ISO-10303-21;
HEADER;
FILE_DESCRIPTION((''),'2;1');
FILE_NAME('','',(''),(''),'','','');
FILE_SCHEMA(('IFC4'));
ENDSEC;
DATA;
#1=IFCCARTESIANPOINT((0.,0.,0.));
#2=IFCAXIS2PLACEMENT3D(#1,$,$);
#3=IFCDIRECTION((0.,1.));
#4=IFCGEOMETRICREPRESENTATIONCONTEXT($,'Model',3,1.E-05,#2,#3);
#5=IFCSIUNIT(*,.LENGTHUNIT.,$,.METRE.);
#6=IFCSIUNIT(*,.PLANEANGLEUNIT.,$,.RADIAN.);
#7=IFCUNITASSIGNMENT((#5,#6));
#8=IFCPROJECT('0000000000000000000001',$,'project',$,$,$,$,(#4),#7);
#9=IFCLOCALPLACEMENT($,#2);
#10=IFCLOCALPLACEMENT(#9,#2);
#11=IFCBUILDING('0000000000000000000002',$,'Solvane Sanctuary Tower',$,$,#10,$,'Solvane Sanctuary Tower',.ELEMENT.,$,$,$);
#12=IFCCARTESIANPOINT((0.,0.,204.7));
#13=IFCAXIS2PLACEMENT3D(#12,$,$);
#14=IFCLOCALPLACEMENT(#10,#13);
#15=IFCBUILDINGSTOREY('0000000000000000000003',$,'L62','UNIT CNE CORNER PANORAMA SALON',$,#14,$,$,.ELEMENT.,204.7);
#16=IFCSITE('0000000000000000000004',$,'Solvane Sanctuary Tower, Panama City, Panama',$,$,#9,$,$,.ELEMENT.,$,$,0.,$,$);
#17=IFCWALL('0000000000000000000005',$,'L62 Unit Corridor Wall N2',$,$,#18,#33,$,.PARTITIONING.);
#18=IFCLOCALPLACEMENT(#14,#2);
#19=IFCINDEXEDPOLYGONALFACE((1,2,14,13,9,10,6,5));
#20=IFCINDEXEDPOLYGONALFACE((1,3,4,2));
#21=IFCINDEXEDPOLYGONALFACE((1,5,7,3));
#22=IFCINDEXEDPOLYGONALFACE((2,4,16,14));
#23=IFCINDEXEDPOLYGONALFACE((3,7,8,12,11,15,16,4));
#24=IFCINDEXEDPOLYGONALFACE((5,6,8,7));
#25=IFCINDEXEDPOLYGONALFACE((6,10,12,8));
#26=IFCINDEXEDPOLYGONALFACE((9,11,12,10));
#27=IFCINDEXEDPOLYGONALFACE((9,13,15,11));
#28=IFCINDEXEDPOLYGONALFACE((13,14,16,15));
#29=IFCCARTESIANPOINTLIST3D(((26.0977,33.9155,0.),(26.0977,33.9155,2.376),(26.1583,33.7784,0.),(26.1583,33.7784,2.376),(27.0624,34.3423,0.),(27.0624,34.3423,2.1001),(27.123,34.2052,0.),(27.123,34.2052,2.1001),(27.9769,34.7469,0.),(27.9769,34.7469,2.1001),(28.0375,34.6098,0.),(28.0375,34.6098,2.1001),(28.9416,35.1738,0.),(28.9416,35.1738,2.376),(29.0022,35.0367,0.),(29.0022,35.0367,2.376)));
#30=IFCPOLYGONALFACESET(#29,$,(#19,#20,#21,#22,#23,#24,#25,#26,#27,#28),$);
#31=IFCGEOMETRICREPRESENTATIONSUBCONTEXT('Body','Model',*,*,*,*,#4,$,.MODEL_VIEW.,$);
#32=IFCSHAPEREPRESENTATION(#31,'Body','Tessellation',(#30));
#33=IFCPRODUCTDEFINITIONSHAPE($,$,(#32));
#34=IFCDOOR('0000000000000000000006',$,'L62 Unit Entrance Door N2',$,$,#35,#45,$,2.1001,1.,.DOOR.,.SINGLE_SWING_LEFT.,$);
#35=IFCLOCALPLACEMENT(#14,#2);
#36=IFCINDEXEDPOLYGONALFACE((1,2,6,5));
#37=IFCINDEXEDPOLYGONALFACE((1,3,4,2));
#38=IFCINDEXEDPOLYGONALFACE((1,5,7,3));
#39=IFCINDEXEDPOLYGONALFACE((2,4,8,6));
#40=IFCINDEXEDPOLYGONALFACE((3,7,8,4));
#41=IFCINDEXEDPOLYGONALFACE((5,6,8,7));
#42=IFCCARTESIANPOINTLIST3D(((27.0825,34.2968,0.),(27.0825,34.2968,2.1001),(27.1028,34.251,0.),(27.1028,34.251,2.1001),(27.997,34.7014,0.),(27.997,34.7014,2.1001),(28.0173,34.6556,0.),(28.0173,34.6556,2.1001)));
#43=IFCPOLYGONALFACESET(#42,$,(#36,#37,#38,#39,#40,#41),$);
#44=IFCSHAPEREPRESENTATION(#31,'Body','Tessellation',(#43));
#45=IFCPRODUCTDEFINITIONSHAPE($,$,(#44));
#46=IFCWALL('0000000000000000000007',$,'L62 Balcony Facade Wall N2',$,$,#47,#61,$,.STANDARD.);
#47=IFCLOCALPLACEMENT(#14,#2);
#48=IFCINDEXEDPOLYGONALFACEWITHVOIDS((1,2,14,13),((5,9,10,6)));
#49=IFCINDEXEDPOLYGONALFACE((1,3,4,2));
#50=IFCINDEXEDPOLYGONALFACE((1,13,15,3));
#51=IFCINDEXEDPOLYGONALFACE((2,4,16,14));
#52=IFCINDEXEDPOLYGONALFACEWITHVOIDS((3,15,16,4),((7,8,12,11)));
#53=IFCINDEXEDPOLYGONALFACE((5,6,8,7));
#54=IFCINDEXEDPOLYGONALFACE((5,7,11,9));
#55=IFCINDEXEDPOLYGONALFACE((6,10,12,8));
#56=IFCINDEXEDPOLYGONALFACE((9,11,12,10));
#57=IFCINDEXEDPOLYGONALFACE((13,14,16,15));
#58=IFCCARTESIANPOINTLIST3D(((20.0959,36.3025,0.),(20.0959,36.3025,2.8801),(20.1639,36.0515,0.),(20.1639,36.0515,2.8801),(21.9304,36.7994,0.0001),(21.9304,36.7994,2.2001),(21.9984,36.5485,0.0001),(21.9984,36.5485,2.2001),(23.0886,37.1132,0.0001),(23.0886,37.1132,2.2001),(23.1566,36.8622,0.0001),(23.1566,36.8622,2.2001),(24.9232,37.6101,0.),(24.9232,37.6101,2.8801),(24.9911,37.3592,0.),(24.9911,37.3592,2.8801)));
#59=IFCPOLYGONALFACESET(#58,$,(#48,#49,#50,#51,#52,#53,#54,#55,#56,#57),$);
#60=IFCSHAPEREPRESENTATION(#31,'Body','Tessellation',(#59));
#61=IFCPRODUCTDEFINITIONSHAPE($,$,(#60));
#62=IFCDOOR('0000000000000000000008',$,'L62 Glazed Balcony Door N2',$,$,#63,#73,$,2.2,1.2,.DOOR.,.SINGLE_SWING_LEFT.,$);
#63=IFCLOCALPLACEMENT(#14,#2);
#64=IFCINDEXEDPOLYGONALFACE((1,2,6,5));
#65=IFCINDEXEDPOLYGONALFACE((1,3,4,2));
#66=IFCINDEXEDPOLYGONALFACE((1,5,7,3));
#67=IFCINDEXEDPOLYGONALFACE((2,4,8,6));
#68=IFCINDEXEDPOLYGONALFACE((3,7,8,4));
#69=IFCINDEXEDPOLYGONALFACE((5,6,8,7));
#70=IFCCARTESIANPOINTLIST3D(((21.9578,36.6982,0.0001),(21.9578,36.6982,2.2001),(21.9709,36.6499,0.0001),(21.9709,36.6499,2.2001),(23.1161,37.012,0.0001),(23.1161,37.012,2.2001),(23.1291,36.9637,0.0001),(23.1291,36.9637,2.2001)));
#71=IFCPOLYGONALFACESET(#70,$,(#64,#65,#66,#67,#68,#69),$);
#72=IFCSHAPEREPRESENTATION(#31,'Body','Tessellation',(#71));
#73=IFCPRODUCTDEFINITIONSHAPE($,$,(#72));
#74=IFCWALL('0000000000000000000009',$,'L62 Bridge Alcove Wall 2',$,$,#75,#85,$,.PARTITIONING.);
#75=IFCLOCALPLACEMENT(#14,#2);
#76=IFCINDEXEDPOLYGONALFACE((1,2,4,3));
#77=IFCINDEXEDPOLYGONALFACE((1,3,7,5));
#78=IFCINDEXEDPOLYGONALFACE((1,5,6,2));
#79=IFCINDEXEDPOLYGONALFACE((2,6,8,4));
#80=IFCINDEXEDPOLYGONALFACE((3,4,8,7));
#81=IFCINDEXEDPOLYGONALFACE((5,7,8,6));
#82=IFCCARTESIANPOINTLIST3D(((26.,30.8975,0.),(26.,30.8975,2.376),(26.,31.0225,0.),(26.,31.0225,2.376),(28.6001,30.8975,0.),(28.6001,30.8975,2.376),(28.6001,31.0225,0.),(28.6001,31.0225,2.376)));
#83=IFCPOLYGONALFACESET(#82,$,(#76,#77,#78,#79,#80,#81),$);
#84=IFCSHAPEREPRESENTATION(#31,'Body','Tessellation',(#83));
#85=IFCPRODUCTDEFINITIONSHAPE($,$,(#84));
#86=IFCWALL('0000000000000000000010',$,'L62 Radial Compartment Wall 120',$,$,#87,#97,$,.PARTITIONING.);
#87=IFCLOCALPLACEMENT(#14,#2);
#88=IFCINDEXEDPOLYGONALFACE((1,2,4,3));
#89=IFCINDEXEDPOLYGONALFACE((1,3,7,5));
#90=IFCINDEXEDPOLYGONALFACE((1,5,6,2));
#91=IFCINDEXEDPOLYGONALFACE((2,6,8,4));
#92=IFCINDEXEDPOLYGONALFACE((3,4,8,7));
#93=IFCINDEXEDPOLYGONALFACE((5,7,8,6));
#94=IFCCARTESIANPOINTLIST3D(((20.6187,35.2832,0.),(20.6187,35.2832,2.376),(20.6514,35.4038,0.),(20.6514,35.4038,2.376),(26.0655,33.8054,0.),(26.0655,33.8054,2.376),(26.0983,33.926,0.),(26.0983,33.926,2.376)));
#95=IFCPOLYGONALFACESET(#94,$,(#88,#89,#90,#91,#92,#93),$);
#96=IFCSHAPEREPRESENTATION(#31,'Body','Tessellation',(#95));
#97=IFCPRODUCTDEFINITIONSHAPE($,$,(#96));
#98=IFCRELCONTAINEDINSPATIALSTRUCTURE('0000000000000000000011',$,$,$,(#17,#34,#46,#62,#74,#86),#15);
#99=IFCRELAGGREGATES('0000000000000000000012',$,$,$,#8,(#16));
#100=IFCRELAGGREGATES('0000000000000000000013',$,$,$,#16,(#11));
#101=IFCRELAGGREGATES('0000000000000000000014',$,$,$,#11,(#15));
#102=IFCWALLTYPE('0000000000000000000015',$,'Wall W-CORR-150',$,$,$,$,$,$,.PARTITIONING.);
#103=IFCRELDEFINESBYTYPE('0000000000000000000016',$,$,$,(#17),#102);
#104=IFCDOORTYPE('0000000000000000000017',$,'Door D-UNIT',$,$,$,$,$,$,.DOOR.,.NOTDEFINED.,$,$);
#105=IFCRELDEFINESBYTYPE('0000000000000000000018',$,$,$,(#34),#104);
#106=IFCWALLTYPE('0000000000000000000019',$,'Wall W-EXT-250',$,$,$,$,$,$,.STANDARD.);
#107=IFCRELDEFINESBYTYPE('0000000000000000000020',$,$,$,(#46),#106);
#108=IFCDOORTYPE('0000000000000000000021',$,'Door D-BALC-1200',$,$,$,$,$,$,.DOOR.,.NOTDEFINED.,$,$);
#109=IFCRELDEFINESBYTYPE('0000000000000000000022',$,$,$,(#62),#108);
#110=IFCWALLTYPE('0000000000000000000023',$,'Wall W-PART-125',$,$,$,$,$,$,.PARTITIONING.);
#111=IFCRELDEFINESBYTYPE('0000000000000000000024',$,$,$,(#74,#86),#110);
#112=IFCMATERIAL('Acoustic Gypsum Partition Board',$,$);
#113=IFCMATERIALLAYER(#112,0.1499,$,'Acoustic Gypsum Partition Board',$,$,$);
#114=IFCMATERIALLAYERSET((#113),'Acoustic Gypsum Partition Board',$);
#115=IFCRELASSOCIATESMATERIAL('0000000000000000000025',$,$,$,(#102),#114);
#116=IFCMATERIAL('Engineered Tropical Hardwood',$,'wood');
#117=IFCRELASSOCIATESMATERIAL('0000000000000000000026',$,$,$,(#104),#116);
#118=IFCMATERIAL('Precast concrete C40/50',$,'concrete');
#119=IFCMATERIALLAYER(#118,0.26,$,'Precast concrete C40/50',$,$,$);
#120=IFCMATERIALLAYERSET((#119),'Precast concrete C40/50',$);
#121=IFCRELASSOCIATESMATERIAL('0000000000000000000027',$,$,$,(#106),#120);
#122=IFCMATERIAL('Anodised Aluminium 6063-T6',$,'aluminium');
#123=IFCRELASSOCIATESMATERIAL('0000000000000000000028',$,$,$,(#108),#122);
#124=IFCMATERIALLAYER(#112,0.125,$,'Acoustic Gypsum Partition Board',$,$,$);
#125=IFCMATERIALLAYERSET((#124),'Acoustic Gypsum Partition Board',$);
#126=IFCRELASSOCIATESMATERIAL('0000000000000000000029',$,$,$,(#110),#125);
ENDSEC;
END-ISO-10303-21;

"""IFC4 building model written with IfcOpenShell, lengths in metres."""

from ifc_helpers import new_model, si_unit, direction, frame, frame_2d, origin, place, context, subcontext, project, spatial, rectangle, extrude, material, layer, layer_set, type_object, element, fill, save


model = new_model("IFC4")

# Units and contexts
model_context = context("Model", 3, precision=1e-05, world=origin(), true_north=direction((0.0, 1.0)))
body_context = subcontext(model_context, "Body", "Model", "MODEL_VIEW")
ifc_project = project(units=[si_unit("LENGTHUNIT", "METRE"), si_unit("PLANEANGLEUNIT", "RADIAN")], contexts=[model_context])

# Site, building, storey
site_placement = place(None, origin())
site = spatial("IfcSite", under=ifc_project, at=site_placement, Name="Solvane Sanctuary Tower, Panama City, Panama", CompositionType="ELEMENT", RefElevation=0.0)
building_placement = place(site_placement, origin())
building = spatial("IfcBuilding", under=site, at=building_placement, Name="Solvane Sanctuary Tower", LongName="Solvane Sanctuary Tower", CompositionType="ELEMENT")
storey_placement = place(building_placement, frame((0.0, 0.0, 204.7)))
storey = spatial("IfcBuildingStorey", under=building, at=storey_placement, Name="L62", Description="UNIT CNE CORNER PANORAMA SALON", CompositionType="ELEMENT", Elevation=204.7)

# Shared definitions
ifc_material_1 = material(Name="Acoustic Gypsum Partition Board")
ifc_layer_1 = layer(ifc_material_1, 0.1499, Name="Acoustic Gypsum Partition Board")
ifc_layer_set_1 = layer_set([ifc_layer_1], Name="Acoustic Gypsum Partition Board")
wall_type_1 = type_object("IfcWallType", Name="Wall W-CORR-150", PredefinedType="PARTITIONING", material=ifc_layer_set_1)
ifc_material_2 = material(Name="Engineered Tropical Hardwood", Category="wood")

# Walls, openings, doors
wall_1_placement = place(storey_placement, frame((28.9719, 35.1052, 0.0), z_axis=(0.0, 0.0, 1.0), x_axis=(-0.91449, -0.404608, 0.0)))
wall_1 = element("IfcWall", 1, at=wall_1_placement, inside=storey, type_object=wall_type_1, Name="L62 Unit Corridor Wall N2", PredefinedType="PARTITIONING", context=body_context, shape_type="SweptSolid", body=[
    extrude(rectangle(XDim=3.1099, YDim=0.1499, at=frame_2d((1.5549, 0.0))), origin(), (0.0, 0.0, 1.0), 2.376),
])
opening_1_placement = place(wall_1_placement, frame((1.0549, 0.0, 0.0)))
opening_1 = element("IfcOpeningElement", 2, at=opening_1_placement, cuts=wall_1, PredefinedType="OPENING", context=body_context, shape_type="SweptSolid", body=[
    extrude(rectangle(XDim=1.0, YDim=2.1001, at=frame_2d((0.5, 1.05))), frame((0.0, 0.085, 0.0), z_axis=(0.0, -1.0, 0.0), x_axis=(1.0, 0.0, 0.0)), (0.0, 0.0, 1.0), 0.1699),
])
door_type_1 = type_object("IfcDoorType", Name="Door D-UNIT", OperationType="NOTDEFINED", PredefinedType="DOOR", material=ifc_material_2)
door_1_placement = place(opening_1_placement, origin())
door_1 = element("IfcDoor", 3, at=door_1_placement, inside=storey, type_object=door_type_1, Name="L62 Unit Entrance Door N2", OperationType="SINGLE_SWING_LEFT", OverallHeight=2.1001, OverallWidth=1.0, PredefinedType="DOOR", context=body_context, shape_type="SweptSolid", body=[
    extrude(rectangle(XDim=1.0, YDim=2.1001, at=frame_2d((0.5, 1.05))), frame((0.0, 0.0249, 0.0), z_axis=(0.0, -1.0, 0.0), x_axis=(1.0, 0.0, 0.0)), (0.0, 0.0, 1.0), 0.05),
])
fill(opening_1, door_1)
ifc_material_3 = material(Name="Precast concrete C40/50", Category="concrete")
ifc_layer_2 = layer(ifc_material_3, 0.26, Name="Precast concrete C40/50")
ifc_layer_set_2 = layer_set([ifc_layer_2], Name="Precast concrete C40/50")
wall_type_2 = type_object("IfcWallType", Name="Wall W-EXT-250", PredefinedType="STANDARD", material=ifc_layer_set_2)
wall_2_placement = place(storey_placement, frame((24.957, 37.4846, 0.0), z_axis=(0.0, 0.0, 1.0), x_axis=(-0.965213, -0.261465, 0.0)))
wall_2 = element("IfcWall", 4, at=wall_2_placement, inside=storey, type_object=wall_type_2, Name="L62 Balcony Facade Wall N2", PredefinedType="STANDARD", context=body_context, shape_type="SweptSolid", body=[
    extrude(rectangle(XDim=5.0012, YDim=0.26, at=frame_2d((2.5005, 0.0))), origin(), (0.0, 0.0, 1.0), 2.8801),
])
opening_2_placement = place(wall_2_placement, frame((1.9004, 0.0, 0.0)))
opening_2 = element("IfcOpeningElement", 5, at=opening_2_placement, cuts=wall_2, PredefinedType="OPENING", context=body_context, shape_type="SweptSolid", body=[
    extrude(rectangle(XDim=1.2, YDim=2.2, at=frame_2d((0.6001, 1.1001))), frame((0.0, 0.1399, 0.0), z_axis=(0.0, -1.0, 0.0), x_axis=(1.0, 0.0, 0.0)), (0.0, 0.0, 1.0), 0.28),
])
ifc_material_4 = material(Name="Anodised Aluminium 6063-T6", Category="aluminium")
door_type_2 = type_object("IfcDoorType", Name="Door D-BALC-1200", OperationType="NOTDEFINED", PredefinedType="DOOR", material=ifc_material_4)
door_2_placement = place(opening_2_placement, origin())
door_2 = element("IfcDoor", 6, at=door_2_placement, inside=storey, type_object=door_type_2, Name="L62 Glazed Balcony Door N2", OperationType="SINGLE_SWING_LEFT", OverallHeight=2.2, OverallWidth=1.2, PredefinedType="DOOR", context=body_context, shape_type="SweptSolid", body=[
    extrude(rectangle(XDim=1.2, YDim=2.2, at=frame_2d((0.6001, 1.1001))), frame((0.0, 0.0249, 0.0), z_axis=(0.0, -1.0, 0.0), x_axis=(1.0, 0.0, 0.0)), (0.0, 0.0, 1.0), 0.05),
])
fill(opening_2, door_2)

# Walls
ifc_layer_3 = layer(ifc_material_1, 0.125, Name="Acoustic Gypsum Partition Board")
ifc_layer_set_3 = layer_set([ifc_layer_3], Name="Acoustic Gypsum Partition Board")
wall_type_3 = type_object("IfcWallType", Name="Wall W-PART-125", PredefinedType="PARTITIONING", material=ifc_layer_set_3)
wall_3_placement = place(storey_placement, frame((26.0, 30.96, 0.0), z_axis=(0.0, 0.0, 1.0), x_axis=(1.0, 0.0, 0.0)))
element("IfcWall", 7, at=wall_3_placement, inside=storey, type_object=wall_type_3, Name="L62 Bridge Alcove Wall 2", PredefinedType="PARTITIONING", context=body_context, shape_type="SweptSolid", body=[
    extrude(rectangle(XDim=2.6001, YDim=0.125, at=frame_2d((1.3, 0.0))), origin(), (0.0, 0.0, 1.0), 2.376),
])
wall_4_placement = place(storey_placement, frame((26.0818, 33.8657, 0.0), z_axis=(0.0, 0.0, 1.0), x_axis=(-0.965109, 0.261847, 0.0)))
element("IfcWall", 8, at=wall_4_placement, inside=storey, type_object=wall_type_3, Name="L62 Radial Compartment Wall 120", PredefinedType="PARTITIONING", context=body_context, shape_type="SweptSolid", body=[
    extrude(rectangle(XDim=5.6438, YDim=0.125, at=frame_2d((2.8218, 0.0))), origin(), (0.0, 0.0, 1.0), 2.376),
])

save(model, "model.ifc")
